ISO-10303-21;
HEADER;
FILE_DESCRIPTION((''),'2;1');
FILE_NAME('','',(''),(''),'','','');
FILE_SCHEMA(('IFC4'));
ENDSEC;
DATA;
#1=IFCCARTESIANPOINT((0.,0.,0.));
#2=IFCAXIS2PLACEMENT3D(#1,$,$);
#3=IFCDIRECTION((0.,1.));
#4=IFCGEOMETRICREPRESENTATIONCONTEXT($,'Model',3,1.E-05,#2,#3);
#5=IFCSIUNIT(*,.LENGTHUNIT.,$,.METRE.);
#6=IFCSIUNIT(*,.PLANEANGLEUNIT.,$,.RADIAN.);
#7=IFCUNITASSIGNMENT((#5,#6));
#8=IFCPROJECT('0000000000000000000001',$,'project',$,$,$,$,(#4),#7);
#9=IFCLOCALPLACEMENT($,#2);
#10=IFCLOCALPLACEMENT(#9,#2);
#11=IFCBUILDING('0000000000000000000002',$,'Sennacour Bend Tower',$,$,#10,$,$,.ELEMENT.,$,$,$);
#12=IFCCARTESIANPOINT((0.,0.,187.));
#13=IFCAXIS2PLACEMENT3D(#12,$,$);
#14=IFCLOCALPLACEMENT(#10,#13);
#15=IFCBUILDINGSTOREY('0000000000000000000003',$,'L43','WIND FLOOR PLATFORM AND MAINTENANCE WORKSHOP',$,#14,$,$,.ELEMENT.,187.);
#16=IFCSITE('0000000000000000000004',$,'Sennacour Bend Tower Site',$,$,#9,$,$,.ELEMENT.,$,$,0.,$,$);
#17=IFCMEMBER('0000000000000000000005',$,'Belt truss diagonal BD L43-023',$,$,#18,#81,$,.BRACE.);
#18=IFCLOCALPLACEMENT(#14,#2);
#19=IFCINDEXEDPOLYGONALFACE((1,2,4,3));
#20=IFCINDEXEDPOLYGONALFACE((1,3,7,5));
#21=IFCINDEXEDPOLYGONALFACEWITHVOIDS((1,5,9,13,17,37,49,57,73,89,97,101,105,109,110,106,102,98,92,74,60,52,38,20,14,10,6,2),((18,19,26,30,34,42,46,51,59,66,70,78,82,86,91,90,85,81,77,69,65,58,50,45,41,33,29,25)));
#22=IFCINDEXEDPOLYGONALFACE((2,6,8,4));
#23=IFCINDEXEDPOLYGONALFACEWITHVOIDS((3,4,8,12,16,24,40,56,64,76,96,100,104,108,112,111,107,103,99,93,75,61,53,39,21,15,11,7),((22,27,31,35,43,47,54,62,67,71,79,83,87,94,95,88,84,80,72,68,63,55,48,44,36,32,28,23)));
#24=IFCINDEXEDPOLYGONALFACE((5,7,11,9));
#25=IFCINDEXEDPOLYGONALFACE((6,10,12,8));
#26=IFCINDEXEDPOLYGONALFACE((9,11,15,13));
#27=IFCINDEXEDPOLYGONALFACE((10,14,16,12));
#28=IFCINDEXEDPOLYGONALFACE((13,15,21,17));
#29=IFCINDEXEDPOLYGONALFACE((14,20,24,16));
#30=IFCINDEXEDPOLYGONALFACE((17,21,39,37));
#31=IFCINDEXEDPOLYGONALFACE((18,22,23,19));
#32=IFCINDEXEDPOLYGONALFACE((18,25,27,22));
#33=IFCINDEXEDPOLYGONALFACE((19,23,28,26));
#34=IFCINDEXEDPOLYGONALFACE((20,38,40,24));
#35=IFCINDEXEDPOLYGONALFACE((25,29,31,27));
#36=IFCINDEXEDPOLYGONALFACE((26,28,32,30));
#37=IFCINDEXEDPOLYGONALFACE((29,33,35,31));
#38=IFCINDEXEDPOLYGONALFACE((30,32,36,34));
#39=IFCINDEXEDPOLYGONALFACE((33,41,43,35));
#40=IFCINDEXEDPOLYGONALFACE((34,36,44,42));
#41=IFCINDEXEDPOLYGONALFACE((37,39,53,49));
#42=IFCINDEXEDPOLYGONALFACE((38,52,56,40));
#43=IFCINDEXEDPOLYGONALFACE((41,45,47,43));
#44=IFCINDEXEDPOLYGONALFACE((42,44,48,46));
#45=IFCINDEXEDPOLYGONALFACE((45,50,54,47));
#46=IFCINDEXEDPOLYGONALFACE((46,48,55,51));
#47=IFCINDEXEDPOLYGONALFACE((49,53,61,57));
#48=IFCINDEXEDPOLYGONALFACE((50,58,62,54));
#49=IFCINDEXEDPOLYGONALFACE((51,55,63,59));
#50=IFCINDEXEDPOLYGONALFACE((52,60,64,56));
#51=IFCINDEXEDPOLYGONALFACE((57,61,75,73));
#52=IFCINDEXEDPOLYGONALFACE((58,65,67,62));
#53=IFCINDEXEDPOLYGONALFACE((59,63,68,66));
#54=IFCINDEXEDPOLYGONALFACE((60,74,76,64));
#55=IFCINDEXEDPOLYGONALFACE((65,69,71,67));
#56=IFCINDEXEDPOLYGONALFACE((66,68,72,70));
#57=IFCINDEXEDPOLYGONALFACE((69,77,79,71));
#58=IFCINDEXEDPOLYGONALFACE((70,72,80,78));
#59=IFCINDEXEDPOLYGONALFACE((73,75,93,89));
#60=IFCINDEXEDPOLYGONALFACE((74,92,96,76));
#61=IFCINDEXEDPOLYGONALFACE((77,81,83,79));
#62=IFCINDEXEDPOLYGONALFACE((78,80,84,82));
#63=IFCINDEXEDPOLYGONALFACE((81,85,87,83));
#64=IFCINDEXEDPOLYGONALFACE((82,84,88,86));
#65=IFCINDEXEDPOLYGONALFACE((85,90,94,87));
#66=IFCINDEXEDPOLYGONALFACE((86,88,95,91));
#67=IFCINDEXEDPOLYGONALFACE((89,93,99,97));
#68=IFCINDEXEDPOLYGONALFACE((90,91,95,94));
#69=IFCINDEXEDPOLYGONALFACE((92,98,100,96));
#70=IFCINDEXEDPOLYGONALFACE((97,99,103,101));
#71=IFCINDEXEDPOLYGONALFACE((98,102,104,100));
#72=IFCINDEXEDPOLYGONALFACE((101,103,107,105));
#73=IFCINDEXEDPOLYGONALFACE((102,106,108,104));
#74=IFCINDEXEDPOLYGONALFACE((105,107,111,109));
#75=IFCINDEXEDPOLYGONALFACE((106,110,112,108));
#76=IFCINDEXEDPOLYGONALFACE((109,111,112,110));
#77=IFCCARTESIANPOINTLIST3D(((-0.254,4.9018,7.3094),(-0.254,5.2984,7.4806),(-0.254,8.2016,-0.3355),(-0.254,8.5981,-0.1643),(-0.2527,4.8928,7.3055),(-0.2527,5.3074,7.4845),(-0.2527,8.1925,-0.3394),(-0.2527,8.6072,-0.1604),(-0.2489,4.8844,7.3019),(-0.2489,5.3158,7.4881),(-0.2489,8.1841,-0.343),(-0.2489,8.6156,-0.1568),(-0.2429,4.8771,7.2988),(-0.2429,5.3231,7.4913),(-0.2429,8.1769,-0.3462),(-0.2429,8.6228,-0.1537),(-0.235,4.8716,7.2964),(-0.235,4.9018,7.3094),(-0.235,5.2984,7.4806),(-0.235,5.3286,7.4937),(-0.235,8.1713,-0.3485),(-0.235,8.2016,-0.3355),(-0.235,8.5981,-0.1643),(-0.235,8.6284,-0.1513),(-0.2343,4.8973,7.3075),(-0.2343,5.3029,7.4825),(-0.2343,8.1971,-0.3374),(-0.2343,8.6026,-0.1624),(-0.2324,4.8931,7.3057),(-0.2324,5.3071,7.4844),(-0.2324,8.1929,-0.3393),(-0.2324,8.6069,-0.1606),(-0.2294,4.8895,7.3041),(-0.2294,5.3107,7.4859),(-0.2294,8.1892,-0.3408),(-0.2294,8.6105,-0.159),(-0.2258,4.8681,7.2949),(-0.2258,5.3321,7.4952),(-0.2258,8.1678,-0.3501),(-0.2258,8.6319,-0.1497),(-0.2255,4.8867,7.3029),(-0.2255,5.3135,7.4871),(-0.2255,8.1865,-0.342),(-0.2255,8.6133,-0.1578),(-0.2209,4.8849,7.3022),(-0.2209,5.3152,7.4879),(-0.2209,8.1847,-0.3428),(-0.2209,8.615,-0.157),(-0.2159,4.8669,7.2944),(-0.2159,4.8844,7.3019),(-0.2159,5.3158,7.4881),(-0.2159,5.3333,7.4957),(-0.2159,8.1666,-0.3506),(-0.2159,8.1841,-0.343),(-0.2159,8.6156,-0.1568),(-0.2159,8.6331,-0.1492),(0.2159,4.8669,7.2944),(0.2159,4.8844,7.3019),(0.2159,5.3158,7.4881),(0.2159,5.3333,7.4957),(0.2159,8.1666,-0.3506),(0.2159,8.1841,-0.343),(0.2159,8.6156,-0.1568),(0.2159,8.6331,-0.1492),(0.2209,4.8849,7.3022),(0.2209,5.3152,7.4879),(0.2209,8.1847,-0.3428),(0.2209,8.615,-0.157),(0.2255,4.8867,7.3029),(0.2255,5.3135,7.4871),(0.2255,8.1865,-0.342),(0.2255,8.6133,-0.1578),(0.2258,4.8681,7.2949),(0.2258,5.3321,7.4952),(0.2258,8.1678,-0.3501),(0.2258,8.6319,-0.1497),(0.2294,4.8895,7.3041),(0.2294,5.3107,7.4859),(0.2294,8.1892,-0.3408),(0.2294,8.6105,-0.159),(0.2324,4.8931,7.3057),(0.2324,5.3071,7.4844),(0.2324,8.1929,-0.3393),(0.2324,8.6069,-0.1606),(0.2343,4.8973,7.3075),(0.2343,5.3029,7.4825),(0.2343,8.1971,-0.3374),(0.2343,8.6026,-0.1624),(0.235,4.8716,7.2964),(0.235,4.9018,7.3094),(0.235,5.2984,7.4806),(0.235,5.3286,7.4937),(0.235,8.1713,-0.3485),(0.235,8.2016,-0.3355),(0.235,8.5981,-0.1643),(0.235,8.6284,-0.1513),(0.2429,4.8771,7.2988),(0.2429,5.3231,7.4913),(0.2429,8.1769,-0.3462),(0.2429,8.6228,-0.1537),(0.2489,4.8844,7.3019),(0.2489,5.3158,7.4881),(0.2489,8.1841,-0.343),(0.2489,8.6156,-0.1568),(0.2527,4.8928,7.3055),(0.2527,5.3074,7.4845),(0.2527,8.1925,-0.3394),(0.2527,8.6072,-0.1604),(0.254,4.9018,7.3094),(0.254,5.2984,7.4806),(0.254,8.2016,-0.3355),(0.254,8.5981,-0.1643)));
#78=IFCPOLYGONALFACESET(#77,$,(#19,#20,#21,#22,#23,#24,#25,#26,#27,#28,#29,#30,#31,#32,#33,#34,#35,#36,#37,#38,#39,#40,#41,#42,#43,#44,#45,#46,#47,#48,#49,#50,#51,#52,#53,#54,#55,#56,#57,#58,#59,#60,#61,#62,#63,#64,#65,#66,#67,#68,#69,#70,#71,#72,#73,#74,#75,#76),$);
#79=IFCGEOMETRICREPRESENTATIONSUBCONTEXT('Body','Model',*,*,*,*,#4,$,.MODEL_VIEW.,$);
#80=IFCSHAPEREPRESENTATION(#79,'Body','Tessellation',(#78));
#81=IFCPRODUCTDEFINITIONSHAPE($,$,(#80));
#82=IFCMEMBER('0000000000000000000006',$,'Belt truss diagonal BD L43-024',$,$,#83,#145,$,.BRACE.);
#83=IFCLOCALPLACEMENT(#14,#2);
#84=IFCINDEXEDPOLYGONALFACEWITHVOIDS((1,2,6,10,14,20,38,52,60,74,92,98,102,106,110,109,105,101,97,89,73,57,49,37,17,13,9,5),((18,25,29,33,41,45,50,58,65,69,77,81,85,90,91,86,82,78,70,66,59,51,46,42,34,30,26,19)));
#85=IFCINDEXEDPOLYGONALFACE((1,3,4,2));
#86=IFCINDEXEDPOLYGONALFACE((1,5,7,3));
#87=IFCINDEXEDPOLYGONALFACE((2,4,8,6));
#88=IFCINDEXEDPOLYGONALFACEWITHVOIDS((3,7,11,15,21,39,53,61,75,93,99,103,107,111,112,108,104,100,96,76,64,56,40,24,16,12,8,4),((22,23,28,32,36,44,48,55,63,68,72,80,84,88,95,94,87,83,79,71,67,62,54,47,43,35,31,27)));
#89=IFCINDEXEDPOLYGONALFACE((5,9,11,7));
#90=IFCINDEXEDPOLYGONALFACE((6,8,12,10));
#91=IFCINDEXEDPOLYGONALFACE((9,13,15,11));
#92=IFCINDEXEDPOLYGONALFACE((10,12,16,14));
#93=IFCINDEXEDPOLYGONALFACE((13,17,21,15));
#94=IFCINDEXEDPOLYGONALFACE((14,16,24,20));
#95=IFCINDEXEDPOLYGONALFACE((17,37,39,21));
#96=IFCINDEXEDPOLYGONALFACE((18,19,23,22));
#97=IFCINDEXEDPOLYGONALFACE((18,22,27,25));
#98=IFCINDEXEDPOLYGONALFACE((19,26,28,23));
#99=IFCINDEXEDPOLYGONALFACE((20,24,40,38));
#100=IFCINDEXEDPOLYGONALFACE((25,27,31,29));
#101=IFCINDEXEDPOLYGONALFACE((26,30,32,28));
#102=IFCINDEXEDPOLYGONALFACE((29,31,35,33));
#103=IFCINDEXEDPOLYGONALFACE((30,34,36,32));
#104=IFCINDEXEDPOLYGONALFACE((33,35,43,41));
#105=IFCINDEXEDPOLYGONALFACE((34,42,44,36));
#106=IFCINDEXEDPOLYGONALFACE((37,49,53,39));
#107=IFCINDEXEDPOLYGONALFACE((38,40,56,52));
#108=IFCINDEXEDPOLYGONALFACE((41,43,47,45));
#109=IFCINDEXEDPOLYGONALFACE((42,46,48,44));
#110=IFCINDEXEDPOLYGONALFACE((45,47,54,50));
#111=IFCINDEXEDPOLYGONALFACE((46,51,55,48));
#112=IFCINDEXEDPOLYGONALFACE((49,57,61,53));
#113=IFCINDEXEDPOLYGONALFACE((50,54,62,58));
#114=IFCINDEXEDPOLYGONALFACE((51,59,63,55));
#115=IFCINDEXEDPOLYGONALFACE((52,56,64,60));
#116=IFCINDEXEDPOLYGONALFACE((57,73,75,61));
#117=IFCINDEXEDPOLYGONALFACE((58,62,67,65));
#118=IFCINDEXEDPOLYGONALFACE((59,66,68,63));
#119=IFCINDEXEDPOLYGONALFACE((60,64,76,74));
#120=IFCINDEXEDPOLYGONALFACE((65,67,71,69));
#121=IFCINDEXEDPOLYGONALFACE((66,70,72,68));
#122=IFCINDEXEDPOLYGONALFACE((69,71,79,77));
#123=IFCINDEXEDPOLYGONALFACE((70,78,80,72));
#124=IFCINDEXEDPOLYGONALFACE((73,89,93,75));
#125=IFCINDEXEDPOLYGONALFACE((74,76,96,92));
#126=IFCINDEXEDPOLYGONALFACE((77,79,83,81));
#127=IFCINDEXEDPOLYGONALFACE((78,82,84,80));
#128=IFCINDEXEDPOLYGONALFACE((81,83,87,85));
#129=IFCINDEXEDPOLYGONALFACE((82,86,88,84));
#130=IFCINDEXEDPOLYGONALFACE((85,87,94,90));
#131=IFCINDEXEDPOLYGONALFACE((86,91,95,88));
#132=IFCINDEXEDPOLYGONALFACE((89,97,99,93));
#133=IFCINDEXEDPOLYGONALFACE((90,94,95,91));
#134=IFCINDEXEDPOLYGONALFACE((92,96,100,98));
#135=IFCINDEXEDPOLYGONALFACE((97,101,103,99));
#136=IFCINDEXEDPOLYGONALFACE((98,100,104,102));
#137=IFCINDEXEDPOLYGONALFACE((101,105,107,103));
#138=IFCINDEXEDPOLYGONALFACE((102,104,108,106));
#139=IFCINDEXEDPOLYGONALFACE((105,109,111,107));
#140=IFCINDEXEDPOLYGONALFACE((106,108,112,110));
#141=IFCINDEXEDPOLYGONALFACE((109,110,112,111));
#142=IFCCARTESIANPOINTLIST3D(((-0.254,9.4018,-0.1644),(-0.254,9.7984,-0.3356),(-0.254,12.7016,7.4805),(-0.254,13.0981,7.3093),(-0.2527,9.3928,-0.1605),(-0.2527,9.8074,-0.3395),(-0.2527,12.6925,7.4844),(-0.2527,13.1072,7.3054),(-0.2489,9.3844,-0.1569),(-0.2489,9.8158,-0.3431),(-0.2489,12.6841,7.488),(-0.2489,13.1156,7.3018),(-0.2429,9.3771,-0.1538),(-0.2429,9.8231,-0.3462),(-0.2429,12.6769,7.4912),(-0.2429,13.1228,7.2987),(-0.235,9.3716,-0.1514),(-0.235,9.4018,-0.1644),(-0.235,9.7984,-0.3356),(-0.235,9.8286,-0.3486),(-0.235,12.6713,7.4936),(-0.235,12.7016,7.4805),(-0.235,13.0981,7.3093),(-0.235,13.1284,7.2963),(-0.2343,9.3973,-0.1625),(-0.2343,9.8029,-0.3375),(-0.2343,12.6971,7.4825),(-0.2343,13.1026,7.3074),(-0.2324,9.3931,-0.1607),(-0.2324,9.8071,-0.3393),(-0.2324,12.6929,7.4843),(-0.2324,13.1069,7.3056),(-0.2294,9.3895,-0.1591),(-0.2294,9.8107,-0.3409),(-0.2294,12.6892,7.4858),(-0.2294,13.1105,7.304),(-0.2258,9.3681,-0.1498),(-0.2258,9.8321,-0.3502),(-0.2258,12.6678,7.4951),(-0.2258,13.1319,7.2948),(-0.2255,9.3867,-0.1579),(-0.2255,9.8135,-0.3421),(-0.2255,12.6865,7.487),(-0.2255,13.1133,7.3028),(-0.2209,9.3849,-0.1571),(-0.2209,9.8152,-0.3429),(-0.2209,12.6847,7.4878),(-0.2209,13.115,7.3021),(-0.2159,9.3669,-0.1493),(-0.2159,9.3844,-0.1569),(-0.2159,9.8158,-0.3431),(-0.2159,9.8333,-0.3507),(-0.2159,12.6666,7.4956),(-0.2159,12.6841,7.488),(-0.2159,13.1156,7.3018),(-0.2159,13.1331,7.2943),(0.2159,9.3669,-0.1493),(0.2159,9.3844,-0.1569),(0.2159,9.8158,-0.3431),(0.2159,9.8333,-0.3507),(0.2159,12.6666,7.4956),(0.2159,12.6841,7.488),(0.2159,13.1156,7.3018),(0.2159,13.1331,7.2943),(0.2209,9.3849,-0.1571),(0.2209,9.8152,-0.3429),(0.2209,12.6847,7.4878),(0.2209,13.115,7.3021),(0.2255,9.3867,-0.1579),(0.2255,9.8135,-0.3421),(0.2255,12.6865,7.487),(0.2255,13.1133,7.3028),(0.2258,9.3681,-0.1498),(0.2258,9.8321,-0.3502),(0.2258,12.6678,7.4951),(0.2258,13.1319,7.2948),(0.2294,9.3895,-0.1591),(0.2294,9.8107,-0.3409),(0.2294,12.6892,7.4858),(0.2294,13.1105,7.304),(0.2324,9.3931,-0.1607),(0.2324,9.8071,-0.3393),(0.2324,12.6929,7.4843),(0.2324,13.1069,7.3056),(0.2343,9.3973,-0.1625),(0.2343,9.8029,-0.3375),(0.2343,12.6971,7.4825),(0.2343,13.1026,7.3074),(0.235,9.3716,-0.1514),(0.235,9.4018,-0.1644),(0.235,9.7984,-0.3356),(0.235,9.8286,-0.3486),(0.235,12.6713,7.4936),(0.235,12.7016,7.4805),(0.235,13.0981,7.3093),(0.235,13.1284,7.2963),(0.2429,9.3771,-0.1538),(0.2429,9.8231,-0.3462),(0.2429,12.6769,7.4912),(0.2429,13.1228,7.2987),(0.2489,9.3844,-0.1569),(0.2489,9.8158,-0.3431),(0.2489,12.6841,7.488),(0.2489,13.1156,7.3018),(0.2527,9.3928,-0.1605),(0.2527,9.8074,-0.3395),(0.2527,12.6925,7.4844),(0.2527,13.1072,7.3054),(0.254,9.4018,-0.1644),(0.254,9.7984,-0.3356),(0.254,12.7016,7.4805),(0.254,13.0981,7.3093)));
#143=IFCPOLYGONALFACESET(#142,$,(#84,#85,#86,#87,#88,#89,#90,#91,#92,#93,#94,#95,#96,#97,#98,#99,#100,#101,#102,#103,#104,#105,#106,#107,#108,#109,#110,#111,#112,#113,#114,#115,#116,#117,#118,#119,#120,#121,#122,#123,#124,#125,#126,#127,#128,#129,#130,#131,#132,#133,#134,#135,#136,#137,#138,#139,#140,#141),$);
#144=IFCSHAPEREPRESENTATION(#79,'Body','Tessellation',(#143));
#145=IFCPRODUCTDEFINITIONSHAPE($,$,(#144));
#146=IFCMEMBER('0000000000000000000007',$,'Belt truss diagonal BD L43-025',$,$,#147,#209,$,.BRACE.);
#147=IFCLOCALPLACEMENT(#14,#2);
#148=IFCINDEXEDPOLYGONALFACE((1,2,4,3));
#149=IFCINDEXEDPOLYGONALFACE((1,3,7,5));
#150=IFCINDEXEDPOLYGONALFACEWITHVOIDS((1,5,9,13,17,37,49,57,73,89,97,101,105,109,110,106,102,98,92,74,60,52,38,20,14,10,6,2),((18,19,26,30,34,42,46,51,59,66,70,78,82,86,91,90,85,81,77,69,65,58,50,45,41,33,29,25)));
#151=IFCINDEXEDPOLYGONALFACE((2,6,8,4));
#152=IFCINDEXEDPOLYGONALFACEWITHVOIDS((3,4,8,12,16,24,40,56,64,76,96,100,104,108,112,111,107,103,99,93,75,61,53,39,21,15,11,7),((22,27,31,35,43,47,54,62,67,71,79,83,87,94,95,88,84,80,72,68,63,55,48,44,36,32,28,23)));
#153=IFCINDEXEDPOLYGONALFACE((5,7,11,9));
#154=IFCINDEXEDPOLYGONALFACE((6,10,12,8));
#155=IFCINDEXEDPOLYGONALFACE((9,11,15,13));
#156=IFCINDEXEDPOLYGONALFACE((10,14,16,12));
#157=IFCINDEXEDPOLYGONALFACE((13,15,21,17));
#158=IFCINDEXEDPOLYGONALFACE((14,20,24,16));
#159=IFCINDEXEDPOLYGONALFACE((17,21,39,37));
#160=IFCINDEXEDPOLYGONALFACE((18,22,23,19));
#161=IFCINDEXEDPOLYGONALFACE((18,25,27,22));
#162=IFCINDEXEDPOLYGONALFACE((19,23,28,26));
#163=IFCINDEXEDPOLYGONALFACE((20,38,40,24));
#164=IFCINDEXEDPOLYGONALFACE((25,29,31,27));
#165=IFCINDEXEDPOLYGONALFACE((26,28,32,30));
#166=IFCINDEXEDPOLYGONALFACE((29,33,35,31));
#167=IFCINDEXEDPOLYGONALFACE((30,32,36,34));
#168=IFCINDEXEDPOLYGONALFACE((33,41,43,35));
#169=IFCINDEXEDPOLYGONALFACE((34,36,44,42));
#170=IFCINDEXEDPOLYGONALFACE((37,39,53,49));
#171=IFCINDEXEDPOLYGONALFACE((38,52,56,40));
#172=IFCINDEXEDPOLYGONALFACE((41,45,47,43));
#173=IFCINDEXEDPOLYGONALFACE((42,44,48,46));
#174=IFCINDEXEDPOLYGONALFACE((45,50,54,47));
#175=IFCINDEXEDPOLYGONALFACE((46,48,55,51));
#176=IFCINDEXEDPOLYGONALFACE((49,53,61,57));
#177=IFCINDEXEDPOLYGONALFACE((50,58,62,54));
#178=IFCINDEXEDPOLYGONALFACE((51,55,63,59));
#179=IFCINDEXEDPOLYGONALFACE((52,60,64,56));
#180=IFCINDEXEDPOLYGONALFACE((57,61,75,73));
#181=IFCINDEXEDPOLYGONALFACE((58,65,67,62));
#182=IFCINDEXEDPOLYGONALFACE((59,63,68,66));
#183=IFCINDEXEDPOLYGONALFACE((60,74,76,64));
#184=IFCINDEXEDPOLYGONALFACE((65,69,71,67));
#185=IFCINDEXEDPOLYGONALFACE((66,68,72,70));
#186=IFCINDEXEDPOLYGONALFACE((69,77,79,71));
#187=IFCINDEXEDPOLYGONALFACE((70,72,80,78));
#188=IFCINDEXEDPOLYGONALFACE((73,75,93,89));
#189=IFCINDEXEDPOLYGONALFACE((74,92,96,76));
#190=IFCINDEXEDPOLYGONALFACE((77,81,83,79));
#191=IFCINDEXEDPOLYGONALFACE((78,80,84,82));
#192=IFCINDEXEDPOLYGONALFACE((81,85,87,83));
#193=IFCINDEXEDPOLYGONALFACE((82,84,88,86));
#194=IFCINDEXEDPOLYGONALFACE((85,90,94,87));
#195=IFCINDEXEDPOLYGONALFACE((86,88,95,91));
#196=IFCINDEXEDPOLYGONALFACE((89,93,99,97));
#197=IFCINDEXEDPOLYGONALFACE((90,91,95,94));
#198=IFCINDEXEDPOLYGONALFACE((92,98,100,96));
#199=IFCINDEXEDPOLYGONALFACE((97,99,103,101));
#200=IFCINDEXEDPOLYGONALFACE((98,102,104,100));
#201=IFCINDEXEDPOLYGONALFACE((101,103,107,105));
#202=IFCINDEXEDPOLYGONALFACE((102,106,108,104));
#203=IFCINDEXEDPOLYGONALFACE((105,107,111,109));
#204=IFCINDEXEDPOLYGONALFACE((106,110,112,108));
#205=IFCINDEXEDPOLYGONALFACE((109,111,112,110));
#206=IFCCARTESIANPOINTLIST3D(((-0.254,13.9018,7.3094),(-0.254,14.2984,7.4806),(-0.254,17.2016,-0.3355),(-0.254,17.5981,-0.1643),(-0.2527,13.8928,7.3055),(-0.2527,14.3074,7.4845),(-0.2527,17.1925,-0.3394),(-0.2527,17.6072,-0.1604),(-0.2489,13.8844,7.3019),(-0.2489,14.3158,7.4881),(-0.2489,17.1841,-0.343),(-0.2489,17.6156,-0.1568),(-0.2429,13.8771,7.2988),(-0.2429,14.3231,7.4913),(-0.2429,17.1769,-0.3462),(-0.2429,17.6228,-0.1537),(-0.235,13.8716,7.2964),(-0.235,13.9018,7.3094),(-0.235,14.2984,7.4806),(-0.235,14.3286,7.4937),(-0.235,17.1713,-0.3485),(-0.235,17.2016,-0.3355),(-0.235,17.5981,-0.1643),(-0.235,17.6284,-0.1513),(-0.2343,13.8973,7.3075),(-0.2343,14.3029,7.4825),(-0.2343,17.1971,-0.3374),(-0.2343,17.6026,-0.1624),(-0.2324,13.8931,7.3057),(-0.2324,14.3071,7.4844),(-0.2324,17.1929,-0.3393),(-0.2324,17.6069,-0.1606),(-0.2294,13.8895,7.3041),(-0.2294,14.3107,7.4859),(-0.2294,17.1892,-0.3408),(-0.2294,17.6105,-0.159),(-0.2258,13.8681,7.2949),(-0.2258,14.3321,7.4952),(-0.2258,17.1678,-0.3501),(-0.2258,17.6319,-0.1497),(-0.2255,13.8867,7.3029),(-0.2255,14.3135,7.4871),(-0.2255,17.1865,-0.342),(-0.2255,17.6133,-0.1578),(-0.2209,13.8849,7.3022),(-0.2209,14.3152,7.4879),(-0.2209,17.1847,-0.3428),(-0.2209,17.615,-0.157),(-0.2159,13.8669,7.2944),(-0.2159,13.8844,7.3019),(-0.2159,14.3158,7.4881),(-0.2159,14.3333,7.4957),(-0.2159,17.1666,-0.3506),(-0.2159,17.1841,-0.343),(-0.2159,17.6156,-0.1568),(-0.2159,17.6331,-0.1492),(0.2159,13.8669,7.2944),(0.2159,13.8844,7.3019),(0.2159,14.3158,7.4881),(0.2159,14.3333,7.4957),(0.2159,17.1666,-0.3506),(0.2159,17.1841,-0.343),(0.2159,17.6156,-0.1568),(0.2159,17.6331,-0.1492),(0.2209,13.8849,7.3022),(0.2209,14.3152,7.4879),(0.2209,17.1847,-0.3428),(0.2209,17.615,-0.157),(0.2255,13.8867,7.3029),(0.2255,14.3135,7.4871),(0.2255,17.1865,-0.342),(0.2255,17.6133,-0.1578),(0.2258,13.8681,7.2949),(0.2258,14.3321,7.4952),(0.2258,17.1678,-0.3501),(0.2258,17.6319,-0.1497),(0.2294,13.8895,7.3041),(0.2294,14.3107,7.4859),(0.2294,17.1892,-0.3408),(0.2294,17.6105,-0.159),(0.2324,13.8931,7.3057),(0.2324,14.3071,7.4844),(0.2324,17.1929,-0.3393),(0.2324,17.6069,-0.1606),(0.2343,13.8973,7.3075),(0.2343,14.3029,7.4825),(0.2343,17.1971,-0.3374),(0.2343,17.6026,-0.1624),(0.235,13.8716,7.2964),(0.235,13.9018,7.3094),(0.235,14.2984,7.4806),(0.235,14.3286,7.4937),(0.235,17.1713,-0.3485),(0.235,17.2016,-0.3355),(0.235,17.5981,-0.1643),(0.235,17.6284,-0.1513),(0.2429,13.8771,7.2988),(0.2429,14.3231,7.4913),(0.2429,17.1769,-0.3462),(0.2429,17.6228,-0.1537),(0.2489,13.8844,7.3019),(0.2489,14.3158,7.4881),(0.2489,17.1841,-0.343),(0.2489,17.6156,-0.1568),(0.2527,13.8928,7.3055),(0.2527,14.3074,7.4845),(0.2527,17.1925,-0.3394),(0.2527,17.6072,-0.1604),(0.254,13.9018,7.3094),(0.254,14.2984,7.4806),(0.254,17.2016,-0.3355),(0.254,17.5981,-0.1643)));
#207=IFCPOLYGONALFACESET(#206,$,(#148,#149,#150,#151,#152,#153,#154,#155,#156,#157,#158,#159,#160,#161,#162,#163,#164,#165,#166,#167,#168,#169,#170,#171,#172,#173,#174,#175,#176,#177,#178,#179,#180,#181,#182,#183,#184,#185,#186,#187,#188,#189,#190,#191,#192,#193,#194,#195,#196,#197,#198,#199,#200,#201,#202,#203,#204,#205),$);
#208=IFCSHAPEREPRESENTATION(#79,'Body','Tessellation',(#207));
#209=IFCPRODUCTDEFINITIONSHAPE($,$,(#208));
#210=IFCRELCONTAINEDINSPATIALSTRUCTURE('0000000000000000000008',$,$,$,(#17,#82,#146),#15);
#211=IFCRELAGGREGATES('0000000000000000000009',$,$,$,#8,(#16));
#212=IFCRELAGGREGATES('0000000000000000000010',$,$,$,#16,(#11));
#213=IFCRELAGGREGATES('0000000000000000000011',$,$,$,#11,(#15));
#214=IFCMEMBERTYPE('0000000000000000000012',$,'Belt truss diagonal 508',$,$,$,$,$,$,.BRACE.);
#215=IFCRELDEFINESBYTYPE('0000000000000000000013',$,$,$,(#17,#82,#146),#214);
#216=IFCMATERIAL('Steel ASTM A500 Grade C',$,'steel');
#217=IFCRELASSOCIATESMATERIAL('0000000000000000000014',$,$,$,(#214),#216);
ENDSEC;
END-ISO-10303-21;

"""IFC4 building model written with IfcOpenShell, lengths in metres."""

from ifc_helpers import new_model, si_unit, direction, frame, origin, origin_2d, place, context, subcontext, project, spatial, hollow_rectangle, extrude, material, material_profile, profile_set, type_object, element, save


model = new_model("IFC4")

# Units and contexts
model_context = context("Model", 3, precision=1e-05, world=origin(), true_north=direction((0.0, 1.0)))
body_context = subcontext(model_context, "Body", "Model", "MODEL_VIEW")
ifc_project = project(units=[si_unit("LENGTHUNIT", "METRE"), si_unit("PLANEANGLEUNIT", "RADIAN")], contexts=[model_context])

# Site, building, storey
site_placement = place(None, origin())
site = spatial("IfcSite", under=ifc_project, at=site_placement, Name="Sennacour Bend Tower Site", CompositionType="ELEMENT", RefElevation=0.0)
building_placement = place(site_placement, origin())
building = spatial("IfcBuilding", under=site, at=building_placement, Name="Sennacour Bend Tower", CompositionType="ELEMENT")
storey_placement = place(building_placement, frame((0.0, 0.0, 187.0)))
storey = spatial("IfcBuildingStorey", under=building, at=storey_placement, Name="L43", Description="WIND FLOOR PLATFORM AND MAINTENANCE WORKSHOP", CompositionType="ELEMENT", Elevation=187.0)

# Members
ifc_material_1 = material(Name="Steel ASTM A500 Grade C", Category="steel")
ifc_material_profile_1 = material_profile(ifc_material_1, hollow_rectangle(XDim=0.5081, YDim=0.5081, WallThickness=0.019, InnerFilletRadius=0.019, OuterFilletRadius=0.0381, at=origin_2d()), Name="Steel ASTM A500 Grade C", Category="steel")
ifc_profile_set_1 = profile_set([ifc_material_profile_1], Name="Steel ASTM A500 Grade C")
member_type_1 = type_object("IfcMemberType", Name="Belt truss diagonal 508", PredefinedType="BRACE", material=ifc_profile_set_1)
for number, where, z_axis, x_axis, name in (
    (1, (0.0, 5.1001, 7.395), (0.0, 0.396289, -0.918126), (-1.0, 0.0, 0.0), "Belt truss diagonal BD L43-023"),
    (2, (0.0, 9.6001, -0.25), (0.0, 0.396289, 0.918126), (-1.0, 0.0, 0.0), "Belt truss diagonal BD L43-024"),
    (3, (0.0, 14.1001, 7.395), (0.0, 0.396289, -0.918126), (-1.0, 0.0, 0.0), "Belt truss diagonal BD L43-025"),
):
    element("IfcMember", number, at=place(storey_placement, frame(where, z_axis=z_axis, x_axis=x_axis)), inside=storey, type_object=member_type_1, Name=name, PredefinedType="BRACE", context=body_context, shape_type="SweptSolid", body=[
        extrude(hollow_rectangle(XDim=0.5081, YDim=0.5081, WallThickness=0.019, InnerFilletRadius=0.019, OuterFilletRadius=0.0381, at=origin_2d()), origin(), (0.0, 0.0, 1.0), 8.3267),
    ])

save(model, "model.ifc")
